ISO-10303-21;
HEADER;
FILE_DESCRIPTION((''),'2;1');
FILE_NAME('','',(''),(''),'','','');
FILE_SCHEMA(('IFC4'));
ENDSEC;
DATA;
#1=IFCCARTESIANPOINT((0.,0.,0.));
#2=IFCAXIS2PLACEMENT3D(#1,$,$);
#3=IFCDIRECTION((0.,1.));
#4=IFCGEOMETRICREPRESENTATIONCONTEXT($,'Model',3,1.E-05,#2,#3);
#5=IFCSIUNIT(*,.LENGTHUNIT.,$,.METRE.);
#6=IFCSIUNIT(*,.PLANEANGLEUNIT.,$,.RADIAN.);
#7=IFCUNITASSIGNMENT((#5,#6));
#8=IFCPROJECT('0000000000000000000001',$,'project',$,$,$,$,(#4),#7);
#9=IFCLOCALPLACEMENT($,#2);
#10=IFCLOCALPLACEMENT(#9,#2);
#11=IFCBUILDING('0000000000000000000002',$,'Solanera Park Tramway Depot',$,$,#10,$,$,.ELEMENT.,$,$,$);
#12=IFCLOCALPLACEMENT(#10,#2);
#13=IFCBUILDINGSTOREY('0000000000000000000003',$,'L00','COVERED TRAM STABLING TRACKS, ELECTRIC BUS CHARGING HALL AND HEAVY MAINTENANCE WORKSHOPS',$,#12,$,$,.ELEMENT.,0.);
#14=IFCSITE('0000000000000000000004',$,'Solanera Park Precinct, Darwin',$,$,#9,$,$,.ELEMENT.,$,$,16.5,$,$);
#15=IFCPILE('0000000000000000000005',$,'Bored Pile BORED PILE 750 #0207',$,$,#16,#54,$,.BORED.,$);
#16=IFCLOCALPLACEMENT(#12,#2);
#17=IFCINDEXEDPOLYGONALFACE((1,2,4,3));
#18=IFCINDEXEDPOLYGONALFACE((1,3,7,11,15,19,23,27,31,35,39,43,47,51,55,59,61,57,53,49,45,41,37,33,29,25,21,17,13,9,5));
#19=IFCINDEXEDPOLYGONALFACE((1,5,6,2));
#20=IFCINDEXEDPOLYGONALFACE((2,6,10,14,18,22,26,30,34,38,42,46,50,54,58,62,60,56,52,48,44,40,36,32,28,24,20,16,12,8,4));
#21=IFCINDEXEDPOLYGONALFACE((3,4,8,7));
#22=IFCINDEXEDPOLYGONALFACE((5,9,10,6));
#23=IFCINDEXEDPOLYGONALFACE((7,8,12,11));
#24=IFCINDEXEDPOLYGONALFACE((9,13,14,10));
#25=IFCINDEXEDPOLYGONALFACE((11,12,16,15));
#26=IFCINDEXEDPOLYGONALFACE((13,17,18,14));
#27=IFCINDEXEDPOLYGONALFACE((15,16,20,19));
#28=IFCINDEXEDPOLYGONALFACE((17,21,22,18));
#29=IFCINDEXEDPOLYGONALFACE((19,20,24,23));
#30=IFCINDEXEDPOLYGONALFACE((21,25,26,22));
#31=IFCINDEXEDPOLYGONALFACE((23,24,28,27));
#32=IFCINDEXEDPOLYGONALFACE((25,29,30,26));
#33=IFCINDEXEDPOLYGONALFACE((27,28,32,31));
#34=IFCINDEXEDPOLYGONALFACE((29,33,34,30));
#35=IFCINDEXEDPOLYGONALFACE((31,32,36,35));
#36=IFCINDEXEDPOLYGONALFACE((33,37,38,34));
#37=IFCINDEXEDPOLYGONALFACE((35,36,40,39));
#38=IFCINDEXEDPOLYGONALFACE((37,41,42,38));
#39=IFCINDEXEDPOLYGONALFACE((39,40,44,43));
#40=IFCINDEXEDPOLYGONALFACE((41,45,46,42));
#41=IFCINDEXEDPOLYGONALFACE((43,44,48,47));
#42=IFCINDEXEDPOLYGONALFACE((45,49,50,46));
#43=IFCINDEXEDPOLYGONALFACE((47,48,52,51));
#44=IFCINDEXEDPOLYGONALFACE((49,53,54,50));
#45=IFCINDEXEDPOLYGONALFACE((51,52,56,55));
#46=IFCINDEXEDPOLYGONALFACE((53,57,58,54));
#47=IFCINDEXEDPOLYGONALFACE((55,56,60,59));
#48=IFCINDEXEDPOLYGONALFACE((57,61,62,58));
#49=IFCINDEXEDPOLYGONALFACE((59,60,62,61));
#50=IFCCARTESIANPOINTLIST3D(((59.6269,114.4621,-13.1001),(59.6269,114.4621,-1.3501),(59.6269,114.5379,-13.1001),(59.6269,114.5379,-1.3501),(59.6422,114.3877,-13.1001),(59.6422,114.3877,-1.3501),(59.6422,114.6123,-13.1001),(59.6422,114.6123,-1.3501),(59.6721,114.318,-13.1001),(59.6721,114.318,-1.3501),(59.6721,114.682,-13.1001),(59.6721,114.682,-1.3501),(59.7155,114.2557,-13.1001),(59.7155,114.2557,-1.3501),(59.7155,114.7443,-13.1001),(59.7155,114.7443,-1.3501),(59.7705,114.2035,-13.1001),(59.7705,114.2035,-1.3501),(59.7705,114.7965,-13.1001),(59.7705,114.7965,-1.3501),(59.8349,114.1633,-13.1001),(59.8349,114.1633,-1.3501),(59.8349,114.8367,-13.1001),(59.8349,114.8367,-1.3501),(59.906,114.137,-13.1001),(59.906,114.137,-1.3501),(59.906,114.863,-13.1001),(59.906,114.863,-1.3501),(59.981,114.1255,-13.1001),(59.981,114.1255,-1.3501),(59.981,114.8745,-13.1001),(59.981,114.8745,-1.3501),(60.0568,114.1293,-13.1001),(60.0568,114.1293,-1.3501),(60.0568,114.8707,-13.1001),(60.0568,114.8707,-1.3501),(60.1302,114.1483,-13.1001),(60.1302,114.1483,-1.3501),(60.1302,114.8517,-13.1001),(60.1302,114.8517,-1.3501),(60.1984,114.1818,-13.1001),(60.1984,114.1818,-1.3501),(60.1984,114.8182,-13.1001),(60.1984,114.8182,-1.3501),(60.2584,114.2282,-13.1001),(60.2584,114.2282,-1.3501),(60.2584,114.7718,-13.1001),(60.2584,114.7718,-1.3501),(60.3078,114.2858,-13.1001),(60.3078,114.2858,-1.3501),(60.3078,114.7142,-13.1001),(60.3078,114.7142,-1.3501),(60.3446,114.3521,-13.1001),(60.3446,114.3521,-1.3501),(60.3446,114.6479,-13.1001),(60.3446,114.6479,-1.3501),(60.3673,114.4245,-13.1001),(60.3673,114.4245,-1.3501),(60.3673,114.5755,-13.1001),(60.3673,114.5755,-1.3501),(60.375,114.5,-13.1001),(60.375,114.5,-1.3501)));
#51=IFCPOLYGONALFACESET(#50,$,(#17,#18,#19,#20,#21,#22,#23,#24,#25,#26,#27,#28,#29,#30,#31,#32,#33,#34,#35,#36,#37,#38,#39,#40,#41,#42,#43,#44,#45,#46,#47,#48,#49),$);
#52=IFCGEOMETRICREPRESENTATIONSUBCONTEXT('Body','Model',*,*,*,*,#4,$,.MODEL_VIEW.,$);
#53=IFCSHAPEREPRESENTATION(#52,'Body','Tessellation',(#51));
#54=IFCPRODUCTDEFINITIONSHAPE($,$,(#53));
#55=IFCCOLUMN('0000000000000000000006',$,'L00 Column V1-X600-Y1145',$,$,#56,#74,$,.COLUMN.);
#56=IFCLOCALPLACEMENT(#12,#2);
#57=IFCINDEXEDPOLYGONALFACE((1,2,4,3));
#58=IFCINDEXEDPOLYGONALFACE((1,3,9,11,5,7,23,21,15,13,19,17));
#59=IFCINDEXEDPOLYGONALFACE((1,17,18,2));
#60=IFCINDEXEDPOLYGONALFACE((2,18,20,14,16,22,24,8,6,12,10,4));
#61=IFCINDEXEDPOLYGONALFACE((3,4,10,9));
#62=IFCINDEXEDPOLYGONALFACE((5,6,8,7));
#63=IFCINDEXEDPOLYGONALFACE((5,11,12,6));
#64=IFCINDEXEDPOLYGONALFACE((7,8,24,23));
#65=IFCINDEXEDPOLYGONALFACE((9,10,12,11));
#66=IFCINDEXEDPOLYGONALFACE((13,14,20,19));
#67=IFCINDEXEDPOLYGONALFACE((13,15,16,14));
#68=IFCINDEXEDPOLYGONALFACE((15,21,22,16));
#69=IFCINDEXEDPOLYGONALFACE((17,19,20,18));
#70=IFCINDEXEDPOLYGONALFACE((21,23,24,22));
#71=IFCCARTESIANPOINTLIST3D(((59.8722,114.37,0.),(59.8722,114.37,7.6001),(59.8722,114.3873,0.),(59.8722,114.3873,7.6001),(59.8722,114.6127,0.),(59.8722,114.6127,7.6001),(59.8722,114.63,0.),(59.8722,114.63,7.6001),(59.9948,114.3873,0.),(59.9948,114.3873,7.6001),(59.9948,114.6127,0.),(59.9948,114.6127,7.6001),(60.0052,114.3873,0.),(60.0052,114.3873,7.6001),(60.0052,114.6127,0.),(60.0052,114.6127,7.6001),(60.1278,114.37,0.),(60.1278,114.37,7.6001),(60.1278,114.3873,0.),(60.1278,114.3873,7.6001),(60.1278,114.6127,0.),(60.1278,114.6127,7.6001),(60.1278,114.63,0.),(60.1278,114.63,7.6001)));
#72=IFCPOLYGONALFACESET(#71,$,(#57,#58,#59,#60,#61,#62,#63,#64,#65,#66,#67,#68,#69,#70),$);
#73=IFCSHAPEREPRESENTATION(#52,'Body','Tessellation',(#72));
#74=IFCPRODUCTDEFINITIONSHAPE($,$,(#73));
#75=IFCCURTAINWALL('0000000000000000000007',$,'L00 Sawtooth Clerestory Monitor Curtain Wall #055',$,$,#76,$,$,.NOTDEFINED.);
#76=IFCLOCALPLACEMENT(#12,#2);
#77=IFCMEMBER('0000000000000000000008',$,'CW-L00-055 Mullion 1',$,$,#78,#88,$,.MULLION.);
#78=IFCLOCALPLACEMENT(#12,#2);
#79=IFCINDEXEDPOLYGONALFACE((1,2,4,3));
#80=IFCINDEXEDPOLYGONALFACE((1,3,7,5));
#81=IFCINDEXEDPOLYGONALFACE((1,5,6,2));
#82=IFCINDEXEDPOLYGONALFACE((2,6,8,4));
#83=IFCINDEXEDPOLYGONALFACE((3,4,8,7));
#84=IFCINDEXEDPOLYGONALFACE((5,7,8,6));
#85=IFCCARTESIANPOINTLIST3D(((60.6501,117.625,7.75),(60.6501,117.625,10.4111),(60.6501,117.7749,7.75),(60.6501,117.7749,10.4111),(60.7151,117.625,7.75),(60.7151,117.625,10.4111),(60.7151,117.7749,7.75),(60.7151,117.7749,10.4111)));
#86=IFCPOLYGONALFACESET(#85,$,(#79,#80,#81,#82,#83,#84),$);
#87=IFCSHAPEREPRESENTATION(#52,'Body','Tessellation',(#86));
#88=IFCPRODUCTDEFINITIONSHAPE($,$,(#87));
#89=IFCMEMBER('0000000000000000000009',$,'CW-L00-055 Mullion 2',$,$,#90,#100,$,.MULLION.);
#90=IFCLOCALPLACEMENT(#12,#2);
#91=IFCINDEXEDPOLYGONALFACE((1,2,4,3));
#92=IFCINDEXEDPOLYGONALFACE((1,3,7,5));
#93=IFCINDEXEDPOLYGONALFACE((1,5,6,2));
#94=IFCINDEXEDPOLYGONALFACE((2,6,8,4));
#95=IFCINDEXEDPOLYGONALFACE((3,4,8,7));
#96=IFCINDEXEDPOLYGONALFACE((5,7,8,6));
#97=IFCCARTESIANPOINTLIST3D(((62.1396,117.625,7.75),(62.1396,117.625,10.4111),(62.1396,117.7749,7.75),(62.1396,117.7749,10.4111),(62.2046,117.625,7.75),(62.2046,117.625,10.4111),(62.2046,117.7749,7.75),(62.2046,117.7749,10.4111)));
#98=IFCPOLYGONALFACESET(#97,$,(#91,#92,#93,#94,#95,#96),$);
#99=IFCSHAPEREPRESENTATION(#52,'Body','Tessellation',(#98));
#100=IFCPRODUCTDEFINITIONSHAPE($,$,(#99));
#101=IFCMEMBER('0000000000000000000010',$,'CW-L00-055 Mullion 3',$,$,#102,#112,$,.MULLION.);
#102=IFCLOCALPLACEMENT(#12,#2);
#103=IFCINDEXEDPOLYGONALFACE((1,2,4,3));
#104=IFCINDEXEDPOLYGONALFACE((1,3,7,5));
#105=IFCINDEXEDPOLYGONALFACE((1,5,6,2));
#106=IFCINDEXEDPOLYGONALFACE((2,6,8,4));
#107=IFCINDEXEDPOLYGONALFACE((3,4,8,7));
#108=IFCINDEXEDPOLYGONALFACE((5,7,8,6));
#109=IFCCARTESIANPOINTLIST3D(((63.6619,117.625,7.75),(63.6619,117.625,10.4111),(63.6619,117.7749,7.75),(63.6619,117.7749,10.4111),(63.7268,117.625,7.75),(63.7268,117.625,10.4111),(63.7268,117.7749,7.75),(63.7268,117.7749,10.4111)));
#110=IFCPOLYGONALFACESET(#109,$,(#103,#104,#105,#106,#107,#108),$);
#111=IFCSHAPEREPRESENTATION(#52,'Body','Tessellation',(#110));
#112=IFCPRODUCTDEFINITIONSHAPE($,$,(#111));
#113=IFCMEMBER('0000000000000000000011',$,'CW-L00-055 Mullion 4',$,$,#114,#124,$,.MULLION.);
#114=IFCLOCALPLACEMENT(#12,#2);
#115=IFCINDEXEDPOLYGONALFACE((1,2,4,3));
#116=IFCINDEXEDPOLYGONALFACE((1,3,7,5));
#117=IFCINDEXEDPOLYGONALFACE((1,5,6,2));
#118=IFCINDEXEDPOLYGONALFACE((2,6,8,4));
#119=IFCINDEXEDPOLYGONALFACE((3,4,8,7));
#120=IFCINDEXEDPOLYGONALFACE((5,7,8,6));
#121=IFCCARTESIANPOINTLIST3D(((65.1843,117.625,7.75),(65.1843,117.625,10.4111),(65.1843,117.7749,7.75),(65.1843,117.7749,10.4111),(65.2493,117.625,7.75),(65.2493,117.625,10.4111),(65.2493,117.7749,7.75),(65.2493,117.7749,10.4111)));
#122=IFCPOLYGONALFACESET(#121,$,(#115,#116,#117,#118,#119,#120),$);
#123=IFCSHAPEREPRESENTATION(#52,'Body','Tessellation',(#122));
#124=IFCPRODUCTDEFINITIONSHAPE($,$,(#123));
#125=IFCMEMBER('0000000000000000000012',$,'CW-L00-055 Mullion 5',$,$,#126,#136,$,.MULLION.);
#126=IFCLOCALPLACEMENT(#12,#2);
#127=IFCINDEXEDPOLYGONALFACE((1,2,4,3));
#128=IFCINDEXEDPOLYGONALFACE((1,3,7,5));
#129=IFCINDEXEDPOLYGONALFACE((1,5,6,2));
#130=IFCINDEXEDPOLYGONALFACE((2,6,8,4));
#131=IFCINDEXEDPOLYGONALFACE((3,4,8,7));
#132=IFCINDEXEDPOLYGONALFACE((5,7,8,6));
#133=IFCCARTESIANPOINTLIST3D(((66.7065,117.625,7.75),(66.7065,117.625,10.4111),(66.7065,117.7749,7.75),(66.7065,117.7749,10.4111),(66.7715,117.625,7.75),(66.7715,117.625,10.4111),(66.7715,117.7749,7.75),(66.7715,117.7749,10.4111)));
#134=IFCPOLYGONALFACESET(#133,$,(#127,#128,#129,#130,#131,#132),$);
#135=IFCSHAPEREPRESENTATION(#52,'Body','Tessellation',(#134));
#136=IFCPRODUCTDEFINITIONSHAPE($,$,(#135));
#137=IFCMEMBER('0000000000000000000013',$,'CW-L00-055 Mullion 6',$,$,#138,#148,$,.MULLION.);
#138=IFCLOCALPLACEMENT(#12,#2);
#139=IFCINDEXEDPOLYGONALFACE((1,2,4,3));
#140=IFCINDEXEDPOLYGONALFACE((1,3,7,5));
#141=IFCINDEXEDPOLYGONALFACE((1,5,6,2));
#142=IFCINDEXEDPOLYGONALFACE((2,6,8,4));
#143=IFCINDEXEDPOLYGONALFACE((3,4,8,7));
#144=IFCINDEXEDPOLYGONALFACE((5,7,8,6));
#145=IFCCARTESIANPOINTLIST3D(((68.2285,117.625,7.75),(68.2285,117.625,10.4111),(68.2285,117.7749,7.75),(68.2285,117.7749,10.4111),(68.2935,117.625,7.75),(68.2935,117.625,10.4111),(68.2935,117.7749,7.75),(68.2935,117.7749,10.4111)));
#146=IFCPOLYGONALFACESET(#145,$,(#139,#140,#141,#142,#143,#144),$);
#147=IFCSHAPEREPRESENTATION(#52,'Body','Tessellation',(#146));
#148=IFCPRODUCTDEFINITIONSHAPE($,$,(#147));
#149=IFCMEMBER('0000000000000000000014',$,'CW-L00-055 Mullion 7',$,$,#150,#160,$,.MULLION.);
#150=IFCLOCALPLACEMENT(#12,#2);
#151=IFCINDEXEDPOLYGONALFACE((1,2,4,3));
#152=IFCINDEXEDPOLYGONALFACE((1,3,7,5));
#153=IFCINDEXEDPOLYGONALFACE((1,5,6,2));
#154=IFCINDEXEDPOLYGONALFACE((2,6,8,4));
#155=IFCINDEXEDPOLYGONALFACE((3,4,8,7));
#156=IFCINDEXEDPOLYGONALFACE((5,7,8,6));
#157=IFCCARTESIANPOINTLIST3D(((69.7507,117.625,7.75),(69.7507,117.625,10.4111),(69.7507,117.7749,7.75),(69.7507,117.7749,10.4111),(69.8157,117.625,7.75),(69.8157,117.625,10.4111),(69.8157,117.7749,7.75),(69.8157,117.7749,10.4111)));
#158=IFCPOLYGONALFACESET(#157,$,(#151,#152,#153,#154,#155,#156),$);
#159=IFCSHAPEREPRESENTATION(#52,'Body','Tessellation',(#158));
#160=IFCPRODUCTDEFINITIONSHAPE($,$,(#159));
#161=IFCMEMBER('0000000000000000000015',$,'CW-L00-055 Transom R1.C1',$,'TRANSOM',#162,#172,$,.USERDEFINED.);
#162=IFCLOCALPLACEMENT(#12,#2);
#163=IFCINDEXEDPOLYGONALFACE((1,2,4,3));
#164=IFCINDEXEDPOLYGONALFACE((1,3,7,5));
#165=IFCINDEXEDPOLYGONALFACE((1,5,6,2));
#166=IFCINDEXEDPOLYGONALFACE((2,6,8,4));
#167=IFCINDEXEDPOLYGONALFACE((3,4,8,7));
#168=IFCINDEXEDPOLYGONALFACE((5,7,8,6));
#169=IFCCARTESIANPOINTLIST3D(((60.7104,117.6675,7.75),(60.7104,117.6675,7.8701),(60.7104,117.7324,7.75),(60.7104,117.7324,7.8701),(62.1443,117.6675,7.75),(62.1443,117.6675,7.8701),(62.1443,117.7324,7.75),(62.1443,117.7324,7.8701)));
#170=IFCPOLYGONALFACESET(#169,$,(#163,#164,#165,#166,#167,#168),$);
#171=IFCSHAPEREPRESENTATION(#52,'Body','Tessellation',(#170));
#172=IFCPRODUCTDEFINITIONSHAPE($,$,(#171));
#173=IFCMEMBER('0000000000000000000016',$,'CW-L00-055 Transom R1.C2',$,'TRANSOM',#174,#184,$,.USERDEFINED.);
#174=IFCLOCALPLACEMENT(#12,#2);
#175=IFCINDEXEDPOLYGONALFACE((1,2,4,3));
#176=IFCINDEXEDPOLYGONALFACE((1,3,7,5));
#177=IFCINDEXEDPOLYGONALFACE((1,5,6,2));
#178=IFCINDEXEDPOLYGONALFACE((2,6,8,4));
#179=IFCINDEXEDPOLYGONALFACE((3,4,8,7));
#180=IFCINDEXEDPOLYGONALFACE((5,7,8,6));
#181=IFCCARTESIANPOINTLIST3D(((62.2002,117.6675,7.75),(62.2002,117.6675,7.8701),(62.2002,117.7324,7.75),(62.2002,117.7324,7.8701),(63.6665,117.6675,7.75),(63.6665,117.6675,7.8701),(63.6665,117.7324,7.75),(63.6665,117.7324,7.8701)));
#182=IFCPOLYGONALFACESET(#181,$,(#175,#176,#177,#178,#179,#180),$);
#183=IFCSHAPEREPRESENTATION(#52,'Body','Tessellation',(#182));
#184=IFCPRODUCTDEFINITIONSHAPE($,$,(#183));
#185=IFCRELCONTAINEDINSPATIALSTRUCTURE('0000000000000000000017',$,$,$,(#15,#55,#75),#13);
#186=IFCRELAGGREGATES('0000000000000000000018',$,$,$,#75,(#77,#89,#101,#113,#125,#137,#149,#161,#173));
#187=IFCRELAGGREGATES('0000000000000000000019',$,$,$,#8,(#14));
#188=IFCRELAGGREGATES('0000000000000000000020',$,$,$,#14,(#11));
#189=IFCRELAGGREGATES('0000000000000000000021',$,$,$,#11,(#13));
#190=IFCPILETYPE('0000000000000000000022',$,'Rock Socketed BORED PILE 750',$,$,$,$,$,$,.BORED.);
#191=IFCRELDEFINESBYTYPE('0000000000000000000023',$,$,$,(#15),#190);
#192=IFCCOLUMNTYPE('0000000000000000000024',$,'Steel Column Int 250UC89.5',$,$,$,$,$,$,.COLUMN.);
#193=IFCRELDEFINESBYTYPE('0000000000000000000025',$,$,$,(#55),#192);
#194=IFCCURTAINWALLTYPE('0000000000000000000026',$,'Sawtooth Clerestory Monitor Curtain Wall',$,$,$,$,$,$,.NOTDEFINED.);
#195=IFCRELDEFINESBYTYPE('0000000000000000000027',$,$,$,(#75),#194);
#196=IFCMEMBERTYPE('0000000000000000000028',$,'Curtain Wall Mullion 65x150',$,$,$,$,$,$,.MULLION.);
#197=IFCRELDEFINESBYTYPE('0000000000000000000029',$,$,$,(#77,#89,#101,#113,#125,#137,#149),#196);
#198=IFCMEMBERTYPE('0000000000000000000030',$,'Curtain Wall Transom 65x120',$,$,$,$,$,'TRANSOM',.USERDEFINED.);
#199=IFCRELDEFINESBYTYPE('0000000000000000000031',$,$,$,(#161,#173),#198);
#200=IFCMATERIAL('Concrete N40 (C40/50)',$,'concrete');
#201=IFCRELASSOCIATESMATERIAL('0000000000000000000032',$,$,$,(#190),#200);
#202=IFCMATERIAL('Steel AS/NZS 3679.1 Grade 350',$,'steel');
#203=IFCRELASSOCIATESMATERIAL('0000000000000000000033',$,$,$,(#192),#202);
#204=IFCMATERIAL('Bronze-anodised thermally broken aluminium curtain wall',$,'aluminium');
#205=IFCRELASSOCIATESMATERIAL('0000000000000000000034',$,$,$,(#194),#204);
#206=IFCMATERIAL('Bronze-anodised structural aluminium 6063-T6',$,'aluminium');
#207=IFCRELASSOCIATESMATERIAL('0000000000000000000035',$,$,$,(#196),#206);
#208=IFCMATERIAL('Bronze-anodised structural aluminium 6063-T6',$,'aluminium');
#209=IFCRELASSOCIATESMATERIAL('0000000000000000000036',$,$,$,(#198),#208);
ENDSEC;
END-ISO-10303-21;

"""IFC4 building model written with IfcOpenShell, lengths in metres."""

from ifc_helpers import new_model, si_unit, direction, frame, origin, origin_2d, place, context, subcontext, project, spatial, rectangle, circle, i_section, extrude, material, material_profile, profile_set, type_object, element, aggregate, save


model = new_model("IFC4")

# Units and contexts
model_context = context("Model", 3, precision=1e-05, world=origin(), true_north=direction((0.0, 1.0)))
body_context = subcontext(model_context, "Body", "Model", "MODEL_VIEW")
ifc_project = project(units=[si_unit("LENGTHUNIT", "METRE"), si_unit("PLANEANGLEUNIT", "RADIAN")], contexts=[model_context])

# Site, building, storey
site_placement = place(None, origin())
site = spatial("IfcSite", under=ifc_project, at=site_placement, Name="Solanera Park Precinct, Darwin", CompositionType="ELEMENT", RefElevation=16.5)
building_placement = place(site_placement, origin())
building = spatial("IfcBuilding", under=site, at=building_placement, Name="Solanera Park Tramway Depot", CompositionType="ELEMENT")
storey_placement = place(building_placement, origin())
storey = spatial("IfcBuildingStorey", under=building, at=storey_placement, Name="L00", Description="COVERED TRAM STABLING TRACKS, ELECTRIC BUS CHARGING HALL AND HEAVY MAINTENANCE WORKSHOPS", CompositionType="ELEMENT", Elevation=0.0)

# Pile
ifc_material_1 = material(Name="Concrete N40 (C40/50)", Category="concrete")
ifc_material_profile_1 = material_profile(ifc_material_1, circle(Radius=0.375, at=origin_2d()), Name="BORED PILE 750")
ifc_profile_set_1 = profile_set([ifc_material_profile_1], Name="Concrete N40 (C40/50)")
pile_type = type_object("IfcPileType", Name="Rock Socketed BORED PILE 750", PredefinedType="BORED", material=ifc_profile_set_1)
pile_placement = place(storey_placement, frame((60.0, 114.5, -1.3501), z_axis=(0.0, 0.0, -1.0), x_axis=(1.0, 0.0, 0.0)))
element("IfcPile", 1, at=pile_placement, inside=storey, type_object=pile_type, Name="Bored Pile BORED PILE 750 #0207", PredefinedType="BORED", context=body_context, shape_type="SweptSolid", body=[
    extrude(circle(Radius=0.375, at=origin_2d()), origin(), (0.0, 0.0, 1.0), 11.75),
])

# Column
ifc_material_2 = material(Name="Steel AS/NZS 3679.1 Grade 350", Category="steel")
ifc_material_profile_2 = material_profile(ifc_material_2, i_section(OverallWidth=0.2556, OverallDepth=0.26, WebThickness=0.0105, FlangeThickness=0.0173, at=origin_2d()), Name="250UC89.5")
ifc_profile_set_2 = profile_set([ifc_material_profile_2], Name="Steel AS/NZS 3679.1 Grade 350")
column_type = type_object("IfcColumnType", Name="Steel Column Int 250UC89.5", PredefinedType="COLUMN", material=ifc_profile_set_2)
column_placement = place(storey_placement, frame((60.0, 114.5, 0.0), z_axis=(0.0, 0.0, 1.0), x_axis=(1.0, 0.0, 0.0)))
element("IfcColumn", 2, at=column_placement, inside=storey, type_object=column_type, Name="L00 Column V1-X600-Y1145", PredefinedType="COLUMN", context=body_context, shape_type="SweptSolid", body=[
    extrude(i_section(OverallWidth=0.2556, OverallDepth=0.26, WebThickness=0.0105, FlangeThickness=0.0173, at=origin_2d()), origin(), (0.0, 0.0, 1.0), 7.6001),
])

# Curtain wall, members
ifc_material_3 = material(Name="Bronze-anodised thermally broken aluminium curtain wall", Category="aluminium")
curtain_wall_type = type_object("IfcCurtainWallType", Name="Sawtooth Clerestory Monitor Curtain Wall", PredefinedType="NOTDEFINED", material=ifc_material_3)
curtain_wall_placement = place(storey_placement, origin())
curtain_wall = element("IfcCurtainWall", 3, at=curtain_wall_placement, inside=storey, type_object=curtain_wall_type, Name="L00 Sawtooth Clerestory Monitor Curtain Wall #055", PredefinedType="NOTDEFINED")
ifc_material_4 = material(Name="Bronze-anodised structural aluminium 6063-T6", Category="aluminium")
ifc_material_profile_3 = material_profile(ifc_material_4, rectangle(XDim=0.0649, YDim=0.1499, at=origin_2d()), Name="Curtain Wall Mullion 65x150")
ifc_profile_set_3 = profile_set([ifc_material_profile_3], Name="Bronze-anodised structural aluminium 6063-T6")
member_type_1 = type_object("IfcMemberType", Name="Curtain Wall Mullion 65x150", PredefinedType="MULLION", material=ifc_profile_set_3)
member_1_placement = place(storey_placement, frame((60.6826, 117.7, 7.75), z_axis=(0.0, 0.0, 1.0), x_axis=(1.0, 0.0, 0.0)))
member_1 = element("IfcMember", 4, at=member_1_placement, type_object=member_type_1, Name="CW-L00-055 Mullion 1", PredefinedType="MULLION", context=body_context, shape_type="SweptSolid", body=[
    extrude(rectangle(XDim=0.0649, YDim=0.1499, at=origin_2d()), origin(), (0.0, 0.0, 1.0), 2.6611),
])
member_2_placement = place(storey_placement, frame((62.1721, 117.7, 7.75), z_axis=(0.0, 0.0, 1.0), x_axis=(1.0, 0.0, 0.0)))
member_2 = element("IfcMember", 5, at=member_2_placement, type_object=member_type_1, Name="CW-L00-055 Mullion 2", PredefinedType="MULLION", context=body_context, shape_type="SweptSolid", body=[
    extrude(rectangle(XDim=0.0649, YDim=0.1499, at=origin_2d()), origin(), (0.0, 0.0, 1.0), 2.6611),
])
member_3_placement = place(storey_placement, frame((63.6943, 117.7, 7.75), z_axis=(0.0, 0.0, 1.0), x_axis=(1.0, 0.0, 0.0)))
member_3 = element("IfcMember", 6, at=member_3_placement, type_object=member_type_1, Name="CW-L00-055 Mullion 3", PredefinedType="MULLION", context=body_context, shape_type="SweptSolid", body=[
    extrude(rectangle(XDim=0.0649, YDim=0.1499, at=origin_2d()), origin(), (0.0, 0.0, 1.0), 2.6611),
])
member_4_placement = place(storey_placement, frame((65.2168, 117.7, 7.75), z_axis=(0.0, 0.0, 1.0), x_axis=(1.0, 0.0, 0.0)))
member_4 = element("IfcMember", 7, at=member_4_placement, type_object=member_type_1, Name="CW-L00-055 Mullion 4", PredefinedType="MULLION", context=body_context, shape_type="SweptSolid", body=[
    extrude(rectangle(XDim=0.0649, YDim=0.1499, at=origin_2d()), origin(), (0.0, 0.0, 1.0), 2.6611),
])
member_5_placement = place(storey_placement, frame((66.739, 117.7, 7.75), z_axis=(0.0, 0.0, 1.0), x_axis=(1.0, 0.0, 0.0)))
member_5 = element("IfcMember", 8, at=member_5_placement, type_object=member_type_1, Name="CW-L00-055 Mullion 5", PredefinedType="MULLION", context=body_context, shape_type="SweptSolid", body=[
    extrude(rectangle(XDim=0.0649, YDim=0.1499, at=origin_2d()), origin(), (0.0, 0.0, 1.0), 2.6611),
])
member_6_placement = place(storey_placement, frame((68.261, 117.7, 7.75), z_axis=(0.0, 0.0, 1.0), x_axis=(1.0, 0.0, 0.0)))
member_6 = element("IfcMember", 9, at=member_6_placement, type_object=member_type_1, Name="CW-L00-055 Mullion 6", PredefinedType="MULLION", context=body_context, shape_type="SweptSolid", body=[
    extrude(rectangle(XDim=0.0649, YDim=0.1499, at=origin_2d()), origin(), (0.0, 0.0, 1.0), 2.6611),
])
member_7_placement = place(storey_placement, frame((69.7832, 117.7, 7.75), z_axis=(0.0, 0.0, 1.0), x_axis=(1.0, 0.0, 0.0)))
member_7 = element("IfcMember", 10, at=member_7_placement, type_object=member_type_1, Name="CW-L00-055 Mullion 7", PredefinedType="MULLION", context=body_context, shape_type="SweptSolid", body=[
    extrude(rectangle(XDim=0.0649, YDim=0.1499, at=origin_2d()), origin(), (0.0, 0.0, 1.0), 2.6611),
])
ifc_material_5 = material(Name="Bronze-anodised structural aluminium 6063-T6", Category="aluminium")
ifc_material_profile_4 = material_profile(ifc_material_5, rectangle(XDim=0.0649, YDim=0.1201, at=origin_2d()), Name="Curtain Wall Transom 65x120")
ifc_profile_set_4 = profile_set([ifc_material_profile_4], Name="Bronze-anodised structural aluminium 6063-T6")
member_type_2 = type_object("IfcMemberType", Name="Curtain Wall Transom 65x120", ElementType="TRANSOM", PredefinedType="USERDEFINED", material=ifc_profile_set_4)
member_8_placement = place(storey_placement, frame((60.7104, 117.7, 7.8101), z_axis=(1.0, 0.0, 0.0), x_axis=(0.0, 1.0, 0.0)))
member_8 = element("IfcMember", 11, at=member_8_placement, type_object=member_type_2, Name="CW-L00-055 Transom R1.C1", ObjectType="TRANSOM", PredefinedType="USERDEFINED", context=body_context, shape_type="SweptSolid", body=[
    extrude(rectangle(XDim=0.0649, YDim=0.1201, at=origin_2d()), origin(), (0.0, 0.0, 1.0), 1.4338),
])
member_9_placement = place(storey_placement, frame((62.2002, 117.7, 7.8101), z_axis=(1.0, 0.0, 0.0), x_axis=(0.0, 1.0, 0.0)))
member_9 = element("IfcMember", 12, at=member_9_placement, type_object=member_type_2, Name="CW-L00-055 Transom R1.C2", ObjectType="TRANSOM", PredefinedType="USERDEFINED", context=body_context, shape_type="SweptSolid", body=[
    extrude(rectangle(XDim=0.0649, YDim=0.1201, at=origin_2d()), origin(), (0.0, 0.0, 1.0), 1.4663),
])

aggregate(curtain_wall, [member_1, member_2, member_3, member_4, member_5, member_6, member_7, member_8, member_9])

save(model, "model.ifc")
